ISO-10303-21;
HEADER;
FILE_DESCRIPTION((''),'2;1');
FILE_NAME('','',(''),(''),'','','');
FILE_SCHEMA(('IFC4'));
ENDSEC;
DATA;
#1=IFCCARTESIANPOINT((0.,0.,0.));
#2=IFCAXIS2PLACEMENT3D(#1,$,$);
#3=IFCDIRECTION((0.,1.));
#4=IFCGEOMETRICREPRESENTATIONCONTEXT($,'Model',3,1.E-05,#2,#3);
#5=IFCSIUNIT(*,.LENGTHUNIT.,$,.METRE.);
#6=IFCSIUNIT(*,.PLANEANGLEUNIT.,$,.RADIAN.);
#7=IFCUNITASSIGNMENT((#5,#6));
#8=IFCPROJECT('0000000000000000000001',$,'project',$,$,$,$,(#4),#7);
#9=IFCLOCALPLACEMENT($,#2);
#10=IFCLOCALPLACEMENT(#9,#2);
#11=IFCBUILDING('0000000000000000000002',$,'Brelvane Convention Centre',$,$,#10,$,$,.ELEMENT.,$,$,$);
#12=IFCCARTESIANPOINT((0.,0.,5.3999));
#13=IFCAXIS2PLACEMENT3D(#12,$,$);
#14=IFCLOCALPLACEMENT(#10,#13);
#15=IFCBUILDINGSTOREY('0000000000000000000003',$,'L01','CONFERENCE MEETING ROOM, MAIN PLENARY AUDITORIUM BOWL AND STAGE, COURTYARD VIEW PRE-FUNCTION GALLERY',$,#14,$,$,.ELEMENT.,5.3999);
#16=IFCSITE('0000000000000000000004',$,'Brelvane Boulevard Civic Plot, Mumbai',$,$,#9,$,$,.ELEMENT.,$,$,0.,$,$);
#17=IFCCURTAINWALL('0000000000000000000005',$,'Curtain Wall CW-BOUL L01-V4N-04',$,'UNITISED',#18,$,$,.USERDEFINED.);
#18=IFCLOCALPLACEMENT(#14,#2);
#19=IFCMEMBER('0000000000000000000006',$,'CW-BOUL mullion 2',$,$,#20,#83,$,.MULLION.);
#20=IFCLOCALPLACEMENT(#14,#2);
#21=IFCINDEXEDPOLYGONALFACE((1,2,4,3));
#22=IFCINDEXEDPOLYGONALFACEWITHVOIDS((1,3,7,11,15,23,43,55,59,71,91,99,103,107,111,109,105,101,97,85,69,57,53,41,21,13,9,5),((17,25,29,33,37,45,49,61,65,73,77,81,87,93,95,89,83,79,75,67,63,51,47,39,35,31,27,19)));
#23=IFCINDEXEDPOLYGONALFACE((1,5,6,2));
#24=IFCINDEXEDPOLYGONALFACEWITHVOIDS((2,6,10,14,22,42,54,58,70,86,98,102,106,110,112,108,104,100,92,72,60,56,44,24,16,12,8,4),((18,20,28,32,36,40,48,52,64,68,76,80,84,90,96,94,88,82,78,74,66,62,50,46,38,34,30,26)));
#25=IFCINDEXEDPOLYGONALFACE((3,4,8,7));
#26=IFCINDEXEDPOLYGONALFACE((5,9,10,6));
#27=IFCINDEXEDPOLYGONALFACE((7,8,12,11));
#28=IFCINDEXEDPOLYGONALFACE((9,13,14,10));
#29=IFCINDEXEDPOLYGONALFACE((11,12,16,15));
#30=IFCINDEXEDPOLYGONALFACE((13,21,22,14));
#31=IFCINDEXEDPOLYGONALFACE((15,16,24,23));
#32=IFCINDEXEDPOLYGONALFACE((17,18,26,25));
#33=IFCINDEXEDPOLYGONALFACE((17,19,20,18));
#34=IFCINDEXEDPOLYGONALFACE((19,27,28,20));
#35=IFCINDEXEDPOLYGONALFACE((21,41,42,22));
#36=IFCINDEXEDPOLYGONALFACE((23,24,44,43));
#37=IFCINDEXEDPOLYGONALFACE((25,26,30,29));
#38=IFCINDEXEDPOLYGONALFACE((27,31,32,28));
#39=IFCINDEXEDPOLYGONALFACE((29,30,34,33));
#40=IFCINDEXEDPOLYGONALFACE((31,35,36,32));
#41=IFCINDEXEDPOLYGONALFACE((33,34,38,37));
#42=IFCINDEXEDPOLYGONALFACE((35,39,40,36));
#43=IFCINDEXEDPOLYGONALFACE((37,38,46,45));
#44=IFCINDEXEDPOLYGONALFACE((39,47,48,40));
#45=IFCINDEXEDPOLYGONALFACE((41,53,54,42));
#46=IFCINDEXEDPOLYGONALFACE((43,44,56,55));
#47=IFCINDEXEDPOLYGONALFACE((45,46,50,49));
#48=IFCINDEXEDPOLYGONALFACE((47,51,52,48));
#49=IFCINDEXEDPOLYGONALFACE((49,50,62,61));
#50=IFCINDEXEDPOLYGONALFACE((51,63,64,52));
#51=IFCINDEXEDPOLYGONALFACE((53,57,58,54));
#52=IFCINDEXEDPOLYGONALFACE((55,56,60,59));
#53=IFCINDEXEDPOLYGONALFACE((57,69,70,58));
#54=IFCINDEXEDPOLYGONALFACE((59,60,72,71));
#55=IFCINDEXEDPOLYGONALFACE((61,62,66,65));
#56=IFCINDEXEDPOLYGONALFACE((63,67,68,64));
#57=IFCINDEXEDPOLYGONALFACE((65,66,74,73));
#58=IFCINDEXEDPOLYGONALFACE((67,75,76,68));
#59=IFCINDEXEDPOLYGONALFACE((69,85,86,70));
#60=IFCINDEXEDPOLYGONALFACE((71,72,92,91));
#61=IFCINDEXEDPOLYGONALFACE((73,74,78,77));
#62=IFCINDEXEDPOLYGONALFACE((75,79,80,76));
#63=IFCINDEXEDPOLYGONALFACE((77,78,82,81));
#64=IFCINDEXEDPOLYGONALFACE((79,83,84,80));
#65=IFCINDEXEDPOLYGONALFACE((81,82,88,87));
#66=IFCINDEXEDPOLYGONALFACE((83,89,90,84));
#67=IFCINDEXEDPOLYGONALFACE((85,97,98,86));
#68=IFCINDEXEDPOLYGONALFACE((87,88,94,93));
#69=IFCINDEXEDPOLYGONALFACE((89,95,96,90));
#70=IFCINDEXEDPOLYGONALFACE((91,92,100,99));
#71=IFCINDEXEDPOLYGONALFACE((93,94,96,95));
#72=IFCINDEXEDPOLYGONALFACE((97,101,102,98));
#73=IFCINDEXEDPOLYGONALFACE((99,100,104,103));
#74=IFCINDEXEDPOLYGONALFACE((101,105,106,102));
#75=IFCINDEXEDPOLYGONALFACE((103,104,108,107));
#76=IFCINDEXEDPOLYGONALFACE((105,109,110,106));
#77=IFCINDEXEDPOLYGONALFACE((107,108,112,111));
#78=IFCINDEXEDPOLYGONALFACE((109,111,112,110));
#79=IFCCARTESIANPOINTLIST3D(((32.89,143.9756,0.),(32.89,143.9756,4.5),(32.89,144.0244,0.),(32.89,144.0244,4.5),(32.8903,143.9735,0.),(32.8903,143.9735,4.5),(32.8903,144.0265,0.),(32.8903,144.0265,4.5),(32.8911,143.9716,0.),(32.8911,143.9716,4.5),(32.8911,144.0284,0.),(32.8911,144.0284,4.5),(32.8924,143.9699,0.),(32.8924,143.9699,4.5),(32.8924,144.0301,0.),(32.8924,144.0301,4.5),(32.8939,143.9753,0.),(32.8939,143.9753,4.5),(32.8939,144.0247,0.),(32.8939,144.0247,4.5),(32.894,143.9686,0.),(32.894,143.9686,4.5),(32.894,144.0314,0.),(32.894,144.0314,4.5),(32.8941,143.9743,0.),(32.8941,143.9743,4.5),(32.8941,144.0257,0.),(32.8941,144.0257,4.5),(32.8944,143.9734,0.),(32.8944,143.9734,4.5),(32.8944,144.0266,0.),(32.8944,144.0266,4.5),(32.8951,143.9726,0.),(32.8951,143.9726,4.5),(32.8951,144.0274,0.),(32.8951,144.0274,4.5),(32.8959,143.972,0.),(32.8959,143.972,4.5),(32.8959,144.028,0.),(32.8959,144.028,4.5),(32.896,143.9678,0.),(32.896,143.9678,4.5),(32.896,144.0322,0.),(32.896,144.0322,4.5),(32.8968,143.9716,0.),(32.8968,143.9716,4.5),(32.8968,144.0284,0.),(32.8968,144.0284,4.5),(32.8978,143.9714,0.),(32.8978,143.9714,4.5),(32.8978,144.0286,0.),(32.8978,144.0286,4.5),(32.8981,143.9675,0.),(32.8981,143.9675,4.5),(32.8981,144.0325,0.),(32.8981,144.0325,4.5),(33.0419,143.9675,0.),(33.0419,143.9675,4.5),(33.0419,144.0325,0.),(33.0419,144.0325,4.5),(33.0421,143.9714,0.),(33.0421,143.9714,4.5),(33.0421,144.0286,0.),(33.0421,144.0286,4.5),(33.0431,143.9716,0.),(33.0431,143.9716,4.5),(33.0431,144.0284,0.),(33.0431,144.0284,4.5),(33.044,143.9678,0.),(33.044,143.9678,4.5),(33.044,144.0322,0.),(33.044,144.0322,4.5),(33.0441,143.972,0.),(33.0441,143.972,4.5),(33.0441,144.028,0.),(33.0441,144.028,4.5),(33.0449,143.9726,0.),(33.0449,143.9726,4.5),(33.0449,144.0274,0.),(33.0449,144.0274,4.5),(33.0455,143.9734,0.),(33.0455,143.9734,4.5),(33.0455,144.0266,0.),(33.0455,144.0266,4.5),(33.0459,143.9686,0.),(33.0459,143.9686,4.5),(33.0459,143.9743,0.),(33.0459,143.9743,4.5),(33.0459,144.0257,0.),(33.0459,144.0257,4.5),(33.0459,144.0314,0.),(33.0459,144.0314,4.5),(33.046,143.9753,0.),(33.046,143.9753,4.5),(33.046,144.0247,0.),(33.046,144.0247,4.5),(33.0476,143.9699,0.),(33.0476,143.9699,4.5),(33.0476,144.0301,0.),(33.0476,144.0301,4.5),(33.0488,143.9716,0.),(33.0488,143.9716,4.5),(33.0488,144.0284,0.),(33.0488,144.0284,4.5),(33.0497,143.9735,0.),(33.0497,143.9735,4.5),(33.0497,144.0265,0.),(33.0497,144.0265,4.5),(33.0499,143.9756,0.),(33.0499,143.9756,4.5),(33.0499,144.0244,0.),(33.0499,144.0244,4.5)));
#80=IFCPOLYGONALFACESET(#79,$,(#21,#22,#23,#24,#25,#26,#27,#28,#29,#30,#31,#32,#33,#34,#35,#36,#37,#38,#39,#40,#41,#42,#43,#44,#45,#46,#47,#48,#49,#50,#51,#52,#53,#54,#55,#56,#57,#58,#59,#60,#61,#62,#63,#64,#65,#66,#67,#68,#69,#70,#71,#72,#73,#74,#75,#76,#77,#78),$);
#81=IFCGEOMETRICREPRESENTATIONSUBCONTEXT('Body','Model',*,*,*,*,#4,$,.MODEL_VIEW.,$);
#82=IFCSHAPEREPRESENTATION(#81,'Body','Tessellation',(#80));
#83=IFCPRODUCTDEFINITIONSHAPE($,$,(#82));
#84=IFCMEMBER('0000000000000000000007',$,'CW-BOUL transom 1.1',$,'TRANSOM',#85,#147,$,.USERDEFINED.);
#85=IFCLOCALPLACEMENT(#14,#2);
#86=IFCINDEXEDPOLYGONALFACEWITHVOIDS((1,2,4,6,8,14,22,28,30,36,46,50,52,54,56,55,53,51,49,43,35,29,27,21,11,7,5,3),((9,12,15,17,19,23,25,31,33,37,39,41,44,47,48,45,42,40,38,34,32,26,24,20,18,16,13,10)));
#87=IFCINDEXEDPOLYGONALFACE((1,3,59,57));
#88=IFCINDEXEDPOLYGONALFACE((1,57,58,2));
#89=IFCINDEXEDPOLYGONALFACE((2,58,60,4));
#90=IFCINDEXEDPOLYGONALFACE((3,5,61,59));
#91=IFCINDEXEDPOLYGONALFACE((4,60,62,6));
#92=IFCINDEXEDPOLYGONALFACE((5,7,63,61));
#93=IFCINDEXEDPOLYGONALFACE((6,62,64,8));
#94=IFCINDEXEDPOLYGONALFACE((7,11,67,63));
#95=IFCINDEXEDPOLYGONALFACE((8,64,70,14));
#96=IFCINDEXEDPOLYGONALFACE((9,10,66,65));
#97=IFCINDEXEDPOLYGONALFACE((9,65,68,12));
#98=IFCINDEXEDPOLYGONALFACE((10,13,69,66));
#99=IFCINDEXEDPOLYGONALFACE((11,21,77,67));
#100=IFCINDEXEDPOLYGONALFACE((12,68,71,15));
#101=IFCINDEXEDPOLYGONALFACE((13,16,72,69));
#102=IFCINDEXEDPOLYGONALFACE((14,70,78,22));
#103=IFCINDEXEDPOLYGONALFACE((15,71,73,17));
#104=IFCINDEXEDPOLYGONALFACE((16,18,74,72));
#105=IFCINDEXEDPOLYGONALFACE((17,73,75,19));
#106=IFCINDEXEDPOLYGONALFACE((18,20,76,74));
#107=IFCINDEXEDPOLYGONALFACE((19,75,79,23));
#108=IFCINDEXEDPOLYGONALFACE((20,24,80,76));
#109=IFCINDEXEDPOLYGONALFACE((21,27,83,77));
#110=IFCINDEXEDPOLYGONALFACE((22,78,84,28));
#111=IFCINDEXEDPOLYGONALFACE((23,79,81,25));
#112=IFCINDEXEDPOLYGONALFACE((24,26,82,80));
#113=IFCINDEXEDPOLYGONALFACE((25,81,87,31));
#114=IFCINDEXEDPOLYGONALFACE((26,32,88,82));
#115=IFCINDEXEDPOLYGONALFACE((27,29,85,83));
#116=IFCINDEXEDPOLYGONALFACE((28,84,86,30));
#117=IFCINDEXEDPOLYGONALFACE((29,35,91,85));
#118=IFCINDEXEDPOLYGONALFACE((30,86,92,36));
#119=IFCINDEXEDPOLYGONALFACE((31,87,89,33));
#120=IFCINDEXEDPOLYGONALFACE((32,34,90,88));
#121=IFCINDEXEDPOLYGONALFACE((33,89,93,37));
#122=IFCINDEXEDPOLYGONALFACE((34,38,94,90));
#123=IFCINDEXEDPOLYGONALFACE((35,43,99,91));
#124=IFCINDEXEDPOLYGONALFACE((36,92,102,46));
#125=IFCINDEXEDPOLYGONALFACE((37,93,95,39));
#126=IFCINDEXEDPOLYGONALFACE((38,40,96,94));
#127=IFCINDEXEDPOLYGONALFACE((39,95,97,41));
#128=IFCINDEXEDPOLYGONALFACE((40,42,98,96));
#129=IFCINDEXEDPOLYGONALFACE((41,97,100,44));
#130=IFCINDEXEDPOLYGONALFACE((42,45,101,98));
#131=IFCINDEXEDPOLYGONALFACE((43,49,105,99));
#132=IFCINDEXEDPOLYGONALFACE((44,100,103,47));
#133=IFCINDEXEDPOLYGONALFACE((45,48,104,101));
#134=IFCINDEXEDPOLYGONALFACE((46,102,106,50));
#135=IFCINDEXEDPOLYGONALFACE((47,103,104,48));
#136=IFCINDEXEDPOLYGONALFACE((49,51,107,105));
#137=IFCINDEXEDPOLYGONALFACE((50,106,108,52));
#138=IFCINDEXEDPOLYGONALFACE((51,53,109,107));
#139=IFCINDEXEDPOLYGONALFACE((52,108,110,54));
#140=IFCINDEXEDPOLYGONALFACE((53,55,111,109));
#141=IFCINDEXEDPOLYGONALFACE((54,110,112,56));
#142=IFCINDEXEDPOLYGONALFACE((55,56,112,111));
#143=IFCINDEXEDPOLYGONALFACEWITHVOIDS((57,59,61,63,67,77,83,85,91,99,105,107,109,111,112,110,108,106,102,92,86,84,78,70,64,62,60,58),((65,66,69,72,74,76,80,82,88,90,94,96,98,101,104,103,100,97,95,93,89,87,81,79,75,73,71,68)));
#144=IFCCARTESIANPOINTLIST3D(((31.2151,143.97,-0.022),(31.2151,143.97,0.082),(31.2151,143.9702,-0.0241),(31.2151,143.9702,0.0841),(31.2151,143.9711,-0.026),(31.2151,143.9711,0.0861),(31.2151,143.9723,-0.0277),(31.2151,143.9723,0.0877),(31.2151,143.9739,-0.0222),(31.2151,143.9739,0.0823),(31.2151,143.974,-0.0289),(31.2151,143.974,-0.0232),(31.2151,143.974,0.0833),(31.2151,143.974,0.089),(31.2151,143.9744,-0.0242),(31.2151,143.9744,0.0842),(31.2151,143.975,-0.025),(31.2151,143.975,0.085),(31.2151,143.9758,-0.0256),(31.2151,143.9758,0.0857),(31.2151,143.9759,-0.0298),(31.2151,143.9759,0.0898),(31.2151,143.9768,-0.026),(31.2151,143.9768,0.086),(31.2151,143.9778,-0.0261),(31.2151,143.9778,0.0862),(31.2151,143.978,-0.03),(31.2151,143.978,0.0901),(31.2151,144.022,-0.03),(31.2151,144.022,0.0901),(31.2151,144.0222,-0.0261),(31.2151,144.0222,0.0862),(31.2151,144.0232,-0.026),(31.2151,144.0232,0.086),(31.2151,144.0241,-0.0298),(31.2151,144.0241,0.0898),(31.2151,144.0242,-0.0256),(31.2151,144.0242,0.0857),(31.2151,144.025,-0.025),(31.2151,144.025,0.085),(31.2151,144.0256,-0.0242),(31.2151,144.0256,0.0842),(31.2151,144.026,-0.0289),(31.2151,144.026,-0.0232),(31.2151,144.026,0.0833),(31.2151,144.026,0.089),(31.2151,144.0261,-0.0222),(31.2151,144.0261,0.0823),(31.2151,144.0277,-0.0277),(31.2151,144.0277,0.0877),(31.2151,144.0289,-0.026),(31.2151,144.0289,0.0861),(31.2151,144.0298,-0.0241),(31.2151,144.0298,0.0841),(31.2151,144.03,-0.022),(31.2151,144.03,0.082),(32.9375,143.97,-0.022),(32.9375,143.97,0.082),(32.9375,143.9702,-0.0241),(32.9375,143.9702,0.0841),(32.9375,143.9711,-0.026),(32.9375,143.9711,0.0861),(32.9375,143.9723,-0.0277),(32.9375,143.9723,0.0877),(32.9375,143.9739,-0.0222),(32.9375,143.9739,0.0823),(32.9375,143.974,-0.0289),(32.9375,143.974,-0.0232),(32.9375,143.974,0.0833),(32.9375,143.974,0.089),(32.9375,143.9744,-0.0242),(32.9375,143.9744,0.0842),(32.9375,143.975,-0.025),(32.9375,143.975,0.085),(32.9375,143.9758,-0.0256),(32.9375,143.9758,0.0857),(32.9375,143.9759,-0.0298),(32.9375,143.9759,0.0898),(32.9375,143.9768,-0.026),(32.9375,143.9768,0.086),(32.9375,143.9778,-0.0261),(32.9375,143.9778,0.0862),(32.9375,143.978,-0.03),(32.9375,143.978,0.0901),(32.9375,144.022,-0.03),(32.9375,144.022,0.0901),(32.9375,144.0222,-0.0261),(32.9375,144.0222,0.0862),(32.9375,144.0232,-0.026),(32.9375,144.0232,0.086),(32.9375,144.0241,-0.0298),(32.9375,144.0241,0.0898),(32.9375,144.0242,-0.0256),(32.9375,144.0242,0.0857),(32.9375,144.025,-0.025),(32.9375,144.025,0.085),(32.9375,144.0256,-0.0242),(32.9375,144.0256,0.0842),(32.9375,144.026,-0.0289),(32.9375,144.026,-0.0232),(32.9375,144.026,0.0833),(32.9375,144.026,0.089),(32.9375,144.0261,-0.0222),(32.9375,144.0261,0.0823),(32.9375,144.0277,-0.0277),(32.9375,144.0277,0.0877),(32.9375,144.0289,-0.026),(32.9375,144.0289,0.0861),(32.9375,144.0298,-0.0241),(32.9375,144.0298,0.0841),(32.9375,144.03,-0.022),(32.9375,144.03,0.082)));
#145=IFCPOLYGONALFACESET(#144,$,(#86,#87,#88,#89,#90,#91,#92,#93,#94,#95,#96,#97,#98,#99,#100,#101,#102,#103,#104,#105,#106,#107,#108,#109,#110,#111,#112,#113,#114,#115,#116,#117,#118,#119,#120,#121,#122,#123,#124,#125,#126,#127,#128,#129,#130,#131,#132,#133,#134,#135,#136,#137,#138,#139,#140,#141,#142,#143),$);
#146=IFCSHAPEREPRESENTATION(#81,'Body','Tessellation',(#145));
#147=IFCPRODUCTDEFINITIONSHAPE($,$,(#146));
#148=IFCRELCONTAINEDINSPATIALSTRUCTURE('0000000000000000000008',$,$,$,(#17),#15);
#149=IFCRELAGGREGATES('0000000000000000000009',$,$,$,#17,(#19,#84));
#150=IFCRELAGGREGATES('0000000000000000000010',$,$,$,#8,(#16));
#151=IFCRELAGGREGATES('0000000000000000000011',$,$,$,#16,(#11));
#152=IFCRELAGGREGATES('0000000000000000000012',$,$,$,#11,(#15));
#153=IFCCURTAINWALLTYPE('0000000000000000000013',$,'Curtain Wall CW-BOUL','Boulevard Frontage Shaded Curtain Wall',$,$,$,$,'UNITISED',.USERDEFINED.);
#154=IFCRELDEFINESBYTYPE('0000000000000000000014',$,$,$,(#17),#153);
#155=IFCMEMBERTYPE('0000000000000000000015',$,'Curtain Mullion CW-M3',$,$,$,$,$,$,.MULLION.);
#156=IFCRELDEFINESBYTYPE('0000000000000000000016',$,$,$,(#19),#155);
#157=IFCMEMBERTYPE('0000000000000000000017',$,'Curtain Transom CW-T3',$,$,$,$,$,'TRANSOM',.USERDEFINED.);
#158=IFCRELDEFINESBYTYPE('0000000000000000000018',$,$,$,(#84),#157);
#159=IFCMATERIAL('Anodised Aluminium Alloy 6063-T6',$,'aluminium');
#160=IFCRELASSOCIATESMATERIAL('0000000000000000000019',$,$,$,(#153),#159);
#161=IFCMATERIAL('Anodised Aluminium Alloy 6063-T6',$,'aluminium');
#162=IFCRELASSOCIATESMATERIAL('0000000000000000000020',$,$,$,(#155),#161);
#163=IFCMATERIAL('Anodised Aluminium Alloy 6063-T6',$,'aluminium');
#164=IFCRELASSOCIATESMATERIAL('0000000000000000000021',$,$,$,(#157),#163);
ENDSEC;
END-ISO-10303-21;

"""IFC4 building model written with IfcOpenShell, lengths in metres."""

from ifc_helpers import new_model, si_unit, direction, frame, origin, origin_2d, place, context, subcontext, project, spatial, hollow_rectangle, extrude, material, material_profile, profile_set, type_object, element, aggregate, save


model = new_model("IFC4")

# Units and contexts
model_context = context("Model", 3, precision=1e-05, world=origin(), true_north=direction((0.0, 1.0)))
body_context = subcontext(model_context, "Body", "Model", "MODEL_VIEW")
ifc_project = project(units=[si_unit("LENGTHUNIT", "METRE"), si_unit("PLANEANGLEUNIT", "RADIAN")], contexts=[model_context])

# Site, building, storey
site_placement = place(None, origin())
site = spatial("IfcSite", under=ifc_project, at=site_placement, Name="Brelvane Boulevard Civic Plot, Mumbai", CompositionType="ELEMENT", RefElevation=0.0)
building_placement = place(site_placement, origin())
building = spatial("IfcBuilding", under=site, at=building_placement, Name="Brelvane Convention Centre", CompositionType="ELEMENT")
storey_placement = place(building_placement, frame((0.0, 0.0, 5.3999)))
storey = spatial("IfcBuildingStorey", under=building, at=storey_placement, Name="L01", Description="CONFERENCE MEETING ROOM, MAIN PLENARY AUDITORIUM BOWL AND STAGE, COURTYARD VIEW PRE-FUNCTION GALLERY", CompositionType="ELEMENT", Elevation=5.3999)

# Curtain wall, members
ifc_material_1 = material(Name="Anodised Aluminium Alloy 6063-T6", Category="aluminium")
curtain_wall_type = type_object("IfcCurtainWallType", Name="Curtain Wall CW-BOUL", Description="Boulevard Frontage Shaded Curtain Wall", ElementType="UNITISED", PredefinedType="USERDEFINED", material=ifc_material_1)
curtain_wall_placement = place(storey_placement, origin())
curtain_wall = element("IfcCurtainWall", 1, at=curtain_wall_placement, inside=storey, type_object=curtain_wall_type, Name="Curtain Wall CW-BOUL L01-V4N-04", ObjectType="UNITISED", PredefinedType="USERDEFINED")
ifc_material_2 = material(Name="Anodised Aluminium Alloy 6063-T6", Category="aluminium")
ifc_material_profile_1 = material_profile(ifc_material_2, hollow_rectangle(XDim=0.0649, YDim=0.1599, WallThickness=0.0039, InnerFilletRadius=0.0039, OuterFilletRadius=0.0081, at=origin_2d()), Name="ALU-M 160x65x4.0")
ifc_profile_set_1 = profile_set([ifc_material_profile_1], Name="Anodised Aluminium Alloy 6063-T6")
member_type_1 = type_object("IfcMemberType", Name="Curtain Mullion CW-M3", PredefinedType="MULLION", material=ifc_profile_set_1)
member_1_placement = place(storey_placement, frame((32.97, 144.0, 0.0), z_axis=(0.0, 0.0, 1.0), x_axis=(0.0, 1.0, 0.0)))
member_1 = element("IfcMember", 2, at=member_1_placement, type_object=member_type_1, Name="CW-BOUL mullion 2", PredefinedType="MULLION", context=body_context, shape_type="SweptSolid", body=[
    extrude(hollow_rectangle(XDim=0.0649, YDim=0.1599, WallThickness=0.0039, InnerFilletRadius=0.0039, OuterFilletRadius=0.0081, at=origin_2d()), origin(), (0.0, 0.0, 1.0), 4.5),
])
ifc_material_3 = material(Name="Anodised Aluminium Alloy 6063-T6", Category="aluminium")
ifc_material_profile_2 = material_profile(ifc_material_3, hollow_rectangle(XDim=0.0601, YDim=0.1201, WallThickness=0.0039, InnerFilletRadius=0.0039, OuterFilletRadius=0.0081, at=origin_2d()), Name="ALU-T 120x60x4.0")
ifc_profile_set_2 = profile_set([ifc_material_profile_2], Name="Anodised Aluminium Alloy 6063-T6")
member_type_2 = type_object("IfcMemberType", Name="Curtain Transom CW-T3", ElementType="TRANSOM", PredefinedType="USERDEFINED", material=ifc_profile_set_2)
member_2_placement = place(storey_placement, frame((31.2151, 144.0, 0.03), z_axis=(1.0, 0.0, 0.0), x_axis=(0.0, 1.0, 0.0)))
member_2 = element("IfcMember", 3, at=member_2_placement, type_object=member_type_2, Name="CW-BOUL transom 1.1", ObjectType="TRANSOM", PredefinedType="USERDEFINED", context=body_context, shape_type="SweptSolid", body=[
    extrude(hollow_rectangle(XDim=0.0601, YDim=0.1201, WallThickness=0.0039, InnerFilletRadius=0.0039, OuterFilletRadius=0.0081, at=origin_2d()), origin(), (0.0, 0.0, 1.0), 1.7224),
])

aggregate(curtain_wall, [member_1, member_2])

save(model, "model.ifc")
